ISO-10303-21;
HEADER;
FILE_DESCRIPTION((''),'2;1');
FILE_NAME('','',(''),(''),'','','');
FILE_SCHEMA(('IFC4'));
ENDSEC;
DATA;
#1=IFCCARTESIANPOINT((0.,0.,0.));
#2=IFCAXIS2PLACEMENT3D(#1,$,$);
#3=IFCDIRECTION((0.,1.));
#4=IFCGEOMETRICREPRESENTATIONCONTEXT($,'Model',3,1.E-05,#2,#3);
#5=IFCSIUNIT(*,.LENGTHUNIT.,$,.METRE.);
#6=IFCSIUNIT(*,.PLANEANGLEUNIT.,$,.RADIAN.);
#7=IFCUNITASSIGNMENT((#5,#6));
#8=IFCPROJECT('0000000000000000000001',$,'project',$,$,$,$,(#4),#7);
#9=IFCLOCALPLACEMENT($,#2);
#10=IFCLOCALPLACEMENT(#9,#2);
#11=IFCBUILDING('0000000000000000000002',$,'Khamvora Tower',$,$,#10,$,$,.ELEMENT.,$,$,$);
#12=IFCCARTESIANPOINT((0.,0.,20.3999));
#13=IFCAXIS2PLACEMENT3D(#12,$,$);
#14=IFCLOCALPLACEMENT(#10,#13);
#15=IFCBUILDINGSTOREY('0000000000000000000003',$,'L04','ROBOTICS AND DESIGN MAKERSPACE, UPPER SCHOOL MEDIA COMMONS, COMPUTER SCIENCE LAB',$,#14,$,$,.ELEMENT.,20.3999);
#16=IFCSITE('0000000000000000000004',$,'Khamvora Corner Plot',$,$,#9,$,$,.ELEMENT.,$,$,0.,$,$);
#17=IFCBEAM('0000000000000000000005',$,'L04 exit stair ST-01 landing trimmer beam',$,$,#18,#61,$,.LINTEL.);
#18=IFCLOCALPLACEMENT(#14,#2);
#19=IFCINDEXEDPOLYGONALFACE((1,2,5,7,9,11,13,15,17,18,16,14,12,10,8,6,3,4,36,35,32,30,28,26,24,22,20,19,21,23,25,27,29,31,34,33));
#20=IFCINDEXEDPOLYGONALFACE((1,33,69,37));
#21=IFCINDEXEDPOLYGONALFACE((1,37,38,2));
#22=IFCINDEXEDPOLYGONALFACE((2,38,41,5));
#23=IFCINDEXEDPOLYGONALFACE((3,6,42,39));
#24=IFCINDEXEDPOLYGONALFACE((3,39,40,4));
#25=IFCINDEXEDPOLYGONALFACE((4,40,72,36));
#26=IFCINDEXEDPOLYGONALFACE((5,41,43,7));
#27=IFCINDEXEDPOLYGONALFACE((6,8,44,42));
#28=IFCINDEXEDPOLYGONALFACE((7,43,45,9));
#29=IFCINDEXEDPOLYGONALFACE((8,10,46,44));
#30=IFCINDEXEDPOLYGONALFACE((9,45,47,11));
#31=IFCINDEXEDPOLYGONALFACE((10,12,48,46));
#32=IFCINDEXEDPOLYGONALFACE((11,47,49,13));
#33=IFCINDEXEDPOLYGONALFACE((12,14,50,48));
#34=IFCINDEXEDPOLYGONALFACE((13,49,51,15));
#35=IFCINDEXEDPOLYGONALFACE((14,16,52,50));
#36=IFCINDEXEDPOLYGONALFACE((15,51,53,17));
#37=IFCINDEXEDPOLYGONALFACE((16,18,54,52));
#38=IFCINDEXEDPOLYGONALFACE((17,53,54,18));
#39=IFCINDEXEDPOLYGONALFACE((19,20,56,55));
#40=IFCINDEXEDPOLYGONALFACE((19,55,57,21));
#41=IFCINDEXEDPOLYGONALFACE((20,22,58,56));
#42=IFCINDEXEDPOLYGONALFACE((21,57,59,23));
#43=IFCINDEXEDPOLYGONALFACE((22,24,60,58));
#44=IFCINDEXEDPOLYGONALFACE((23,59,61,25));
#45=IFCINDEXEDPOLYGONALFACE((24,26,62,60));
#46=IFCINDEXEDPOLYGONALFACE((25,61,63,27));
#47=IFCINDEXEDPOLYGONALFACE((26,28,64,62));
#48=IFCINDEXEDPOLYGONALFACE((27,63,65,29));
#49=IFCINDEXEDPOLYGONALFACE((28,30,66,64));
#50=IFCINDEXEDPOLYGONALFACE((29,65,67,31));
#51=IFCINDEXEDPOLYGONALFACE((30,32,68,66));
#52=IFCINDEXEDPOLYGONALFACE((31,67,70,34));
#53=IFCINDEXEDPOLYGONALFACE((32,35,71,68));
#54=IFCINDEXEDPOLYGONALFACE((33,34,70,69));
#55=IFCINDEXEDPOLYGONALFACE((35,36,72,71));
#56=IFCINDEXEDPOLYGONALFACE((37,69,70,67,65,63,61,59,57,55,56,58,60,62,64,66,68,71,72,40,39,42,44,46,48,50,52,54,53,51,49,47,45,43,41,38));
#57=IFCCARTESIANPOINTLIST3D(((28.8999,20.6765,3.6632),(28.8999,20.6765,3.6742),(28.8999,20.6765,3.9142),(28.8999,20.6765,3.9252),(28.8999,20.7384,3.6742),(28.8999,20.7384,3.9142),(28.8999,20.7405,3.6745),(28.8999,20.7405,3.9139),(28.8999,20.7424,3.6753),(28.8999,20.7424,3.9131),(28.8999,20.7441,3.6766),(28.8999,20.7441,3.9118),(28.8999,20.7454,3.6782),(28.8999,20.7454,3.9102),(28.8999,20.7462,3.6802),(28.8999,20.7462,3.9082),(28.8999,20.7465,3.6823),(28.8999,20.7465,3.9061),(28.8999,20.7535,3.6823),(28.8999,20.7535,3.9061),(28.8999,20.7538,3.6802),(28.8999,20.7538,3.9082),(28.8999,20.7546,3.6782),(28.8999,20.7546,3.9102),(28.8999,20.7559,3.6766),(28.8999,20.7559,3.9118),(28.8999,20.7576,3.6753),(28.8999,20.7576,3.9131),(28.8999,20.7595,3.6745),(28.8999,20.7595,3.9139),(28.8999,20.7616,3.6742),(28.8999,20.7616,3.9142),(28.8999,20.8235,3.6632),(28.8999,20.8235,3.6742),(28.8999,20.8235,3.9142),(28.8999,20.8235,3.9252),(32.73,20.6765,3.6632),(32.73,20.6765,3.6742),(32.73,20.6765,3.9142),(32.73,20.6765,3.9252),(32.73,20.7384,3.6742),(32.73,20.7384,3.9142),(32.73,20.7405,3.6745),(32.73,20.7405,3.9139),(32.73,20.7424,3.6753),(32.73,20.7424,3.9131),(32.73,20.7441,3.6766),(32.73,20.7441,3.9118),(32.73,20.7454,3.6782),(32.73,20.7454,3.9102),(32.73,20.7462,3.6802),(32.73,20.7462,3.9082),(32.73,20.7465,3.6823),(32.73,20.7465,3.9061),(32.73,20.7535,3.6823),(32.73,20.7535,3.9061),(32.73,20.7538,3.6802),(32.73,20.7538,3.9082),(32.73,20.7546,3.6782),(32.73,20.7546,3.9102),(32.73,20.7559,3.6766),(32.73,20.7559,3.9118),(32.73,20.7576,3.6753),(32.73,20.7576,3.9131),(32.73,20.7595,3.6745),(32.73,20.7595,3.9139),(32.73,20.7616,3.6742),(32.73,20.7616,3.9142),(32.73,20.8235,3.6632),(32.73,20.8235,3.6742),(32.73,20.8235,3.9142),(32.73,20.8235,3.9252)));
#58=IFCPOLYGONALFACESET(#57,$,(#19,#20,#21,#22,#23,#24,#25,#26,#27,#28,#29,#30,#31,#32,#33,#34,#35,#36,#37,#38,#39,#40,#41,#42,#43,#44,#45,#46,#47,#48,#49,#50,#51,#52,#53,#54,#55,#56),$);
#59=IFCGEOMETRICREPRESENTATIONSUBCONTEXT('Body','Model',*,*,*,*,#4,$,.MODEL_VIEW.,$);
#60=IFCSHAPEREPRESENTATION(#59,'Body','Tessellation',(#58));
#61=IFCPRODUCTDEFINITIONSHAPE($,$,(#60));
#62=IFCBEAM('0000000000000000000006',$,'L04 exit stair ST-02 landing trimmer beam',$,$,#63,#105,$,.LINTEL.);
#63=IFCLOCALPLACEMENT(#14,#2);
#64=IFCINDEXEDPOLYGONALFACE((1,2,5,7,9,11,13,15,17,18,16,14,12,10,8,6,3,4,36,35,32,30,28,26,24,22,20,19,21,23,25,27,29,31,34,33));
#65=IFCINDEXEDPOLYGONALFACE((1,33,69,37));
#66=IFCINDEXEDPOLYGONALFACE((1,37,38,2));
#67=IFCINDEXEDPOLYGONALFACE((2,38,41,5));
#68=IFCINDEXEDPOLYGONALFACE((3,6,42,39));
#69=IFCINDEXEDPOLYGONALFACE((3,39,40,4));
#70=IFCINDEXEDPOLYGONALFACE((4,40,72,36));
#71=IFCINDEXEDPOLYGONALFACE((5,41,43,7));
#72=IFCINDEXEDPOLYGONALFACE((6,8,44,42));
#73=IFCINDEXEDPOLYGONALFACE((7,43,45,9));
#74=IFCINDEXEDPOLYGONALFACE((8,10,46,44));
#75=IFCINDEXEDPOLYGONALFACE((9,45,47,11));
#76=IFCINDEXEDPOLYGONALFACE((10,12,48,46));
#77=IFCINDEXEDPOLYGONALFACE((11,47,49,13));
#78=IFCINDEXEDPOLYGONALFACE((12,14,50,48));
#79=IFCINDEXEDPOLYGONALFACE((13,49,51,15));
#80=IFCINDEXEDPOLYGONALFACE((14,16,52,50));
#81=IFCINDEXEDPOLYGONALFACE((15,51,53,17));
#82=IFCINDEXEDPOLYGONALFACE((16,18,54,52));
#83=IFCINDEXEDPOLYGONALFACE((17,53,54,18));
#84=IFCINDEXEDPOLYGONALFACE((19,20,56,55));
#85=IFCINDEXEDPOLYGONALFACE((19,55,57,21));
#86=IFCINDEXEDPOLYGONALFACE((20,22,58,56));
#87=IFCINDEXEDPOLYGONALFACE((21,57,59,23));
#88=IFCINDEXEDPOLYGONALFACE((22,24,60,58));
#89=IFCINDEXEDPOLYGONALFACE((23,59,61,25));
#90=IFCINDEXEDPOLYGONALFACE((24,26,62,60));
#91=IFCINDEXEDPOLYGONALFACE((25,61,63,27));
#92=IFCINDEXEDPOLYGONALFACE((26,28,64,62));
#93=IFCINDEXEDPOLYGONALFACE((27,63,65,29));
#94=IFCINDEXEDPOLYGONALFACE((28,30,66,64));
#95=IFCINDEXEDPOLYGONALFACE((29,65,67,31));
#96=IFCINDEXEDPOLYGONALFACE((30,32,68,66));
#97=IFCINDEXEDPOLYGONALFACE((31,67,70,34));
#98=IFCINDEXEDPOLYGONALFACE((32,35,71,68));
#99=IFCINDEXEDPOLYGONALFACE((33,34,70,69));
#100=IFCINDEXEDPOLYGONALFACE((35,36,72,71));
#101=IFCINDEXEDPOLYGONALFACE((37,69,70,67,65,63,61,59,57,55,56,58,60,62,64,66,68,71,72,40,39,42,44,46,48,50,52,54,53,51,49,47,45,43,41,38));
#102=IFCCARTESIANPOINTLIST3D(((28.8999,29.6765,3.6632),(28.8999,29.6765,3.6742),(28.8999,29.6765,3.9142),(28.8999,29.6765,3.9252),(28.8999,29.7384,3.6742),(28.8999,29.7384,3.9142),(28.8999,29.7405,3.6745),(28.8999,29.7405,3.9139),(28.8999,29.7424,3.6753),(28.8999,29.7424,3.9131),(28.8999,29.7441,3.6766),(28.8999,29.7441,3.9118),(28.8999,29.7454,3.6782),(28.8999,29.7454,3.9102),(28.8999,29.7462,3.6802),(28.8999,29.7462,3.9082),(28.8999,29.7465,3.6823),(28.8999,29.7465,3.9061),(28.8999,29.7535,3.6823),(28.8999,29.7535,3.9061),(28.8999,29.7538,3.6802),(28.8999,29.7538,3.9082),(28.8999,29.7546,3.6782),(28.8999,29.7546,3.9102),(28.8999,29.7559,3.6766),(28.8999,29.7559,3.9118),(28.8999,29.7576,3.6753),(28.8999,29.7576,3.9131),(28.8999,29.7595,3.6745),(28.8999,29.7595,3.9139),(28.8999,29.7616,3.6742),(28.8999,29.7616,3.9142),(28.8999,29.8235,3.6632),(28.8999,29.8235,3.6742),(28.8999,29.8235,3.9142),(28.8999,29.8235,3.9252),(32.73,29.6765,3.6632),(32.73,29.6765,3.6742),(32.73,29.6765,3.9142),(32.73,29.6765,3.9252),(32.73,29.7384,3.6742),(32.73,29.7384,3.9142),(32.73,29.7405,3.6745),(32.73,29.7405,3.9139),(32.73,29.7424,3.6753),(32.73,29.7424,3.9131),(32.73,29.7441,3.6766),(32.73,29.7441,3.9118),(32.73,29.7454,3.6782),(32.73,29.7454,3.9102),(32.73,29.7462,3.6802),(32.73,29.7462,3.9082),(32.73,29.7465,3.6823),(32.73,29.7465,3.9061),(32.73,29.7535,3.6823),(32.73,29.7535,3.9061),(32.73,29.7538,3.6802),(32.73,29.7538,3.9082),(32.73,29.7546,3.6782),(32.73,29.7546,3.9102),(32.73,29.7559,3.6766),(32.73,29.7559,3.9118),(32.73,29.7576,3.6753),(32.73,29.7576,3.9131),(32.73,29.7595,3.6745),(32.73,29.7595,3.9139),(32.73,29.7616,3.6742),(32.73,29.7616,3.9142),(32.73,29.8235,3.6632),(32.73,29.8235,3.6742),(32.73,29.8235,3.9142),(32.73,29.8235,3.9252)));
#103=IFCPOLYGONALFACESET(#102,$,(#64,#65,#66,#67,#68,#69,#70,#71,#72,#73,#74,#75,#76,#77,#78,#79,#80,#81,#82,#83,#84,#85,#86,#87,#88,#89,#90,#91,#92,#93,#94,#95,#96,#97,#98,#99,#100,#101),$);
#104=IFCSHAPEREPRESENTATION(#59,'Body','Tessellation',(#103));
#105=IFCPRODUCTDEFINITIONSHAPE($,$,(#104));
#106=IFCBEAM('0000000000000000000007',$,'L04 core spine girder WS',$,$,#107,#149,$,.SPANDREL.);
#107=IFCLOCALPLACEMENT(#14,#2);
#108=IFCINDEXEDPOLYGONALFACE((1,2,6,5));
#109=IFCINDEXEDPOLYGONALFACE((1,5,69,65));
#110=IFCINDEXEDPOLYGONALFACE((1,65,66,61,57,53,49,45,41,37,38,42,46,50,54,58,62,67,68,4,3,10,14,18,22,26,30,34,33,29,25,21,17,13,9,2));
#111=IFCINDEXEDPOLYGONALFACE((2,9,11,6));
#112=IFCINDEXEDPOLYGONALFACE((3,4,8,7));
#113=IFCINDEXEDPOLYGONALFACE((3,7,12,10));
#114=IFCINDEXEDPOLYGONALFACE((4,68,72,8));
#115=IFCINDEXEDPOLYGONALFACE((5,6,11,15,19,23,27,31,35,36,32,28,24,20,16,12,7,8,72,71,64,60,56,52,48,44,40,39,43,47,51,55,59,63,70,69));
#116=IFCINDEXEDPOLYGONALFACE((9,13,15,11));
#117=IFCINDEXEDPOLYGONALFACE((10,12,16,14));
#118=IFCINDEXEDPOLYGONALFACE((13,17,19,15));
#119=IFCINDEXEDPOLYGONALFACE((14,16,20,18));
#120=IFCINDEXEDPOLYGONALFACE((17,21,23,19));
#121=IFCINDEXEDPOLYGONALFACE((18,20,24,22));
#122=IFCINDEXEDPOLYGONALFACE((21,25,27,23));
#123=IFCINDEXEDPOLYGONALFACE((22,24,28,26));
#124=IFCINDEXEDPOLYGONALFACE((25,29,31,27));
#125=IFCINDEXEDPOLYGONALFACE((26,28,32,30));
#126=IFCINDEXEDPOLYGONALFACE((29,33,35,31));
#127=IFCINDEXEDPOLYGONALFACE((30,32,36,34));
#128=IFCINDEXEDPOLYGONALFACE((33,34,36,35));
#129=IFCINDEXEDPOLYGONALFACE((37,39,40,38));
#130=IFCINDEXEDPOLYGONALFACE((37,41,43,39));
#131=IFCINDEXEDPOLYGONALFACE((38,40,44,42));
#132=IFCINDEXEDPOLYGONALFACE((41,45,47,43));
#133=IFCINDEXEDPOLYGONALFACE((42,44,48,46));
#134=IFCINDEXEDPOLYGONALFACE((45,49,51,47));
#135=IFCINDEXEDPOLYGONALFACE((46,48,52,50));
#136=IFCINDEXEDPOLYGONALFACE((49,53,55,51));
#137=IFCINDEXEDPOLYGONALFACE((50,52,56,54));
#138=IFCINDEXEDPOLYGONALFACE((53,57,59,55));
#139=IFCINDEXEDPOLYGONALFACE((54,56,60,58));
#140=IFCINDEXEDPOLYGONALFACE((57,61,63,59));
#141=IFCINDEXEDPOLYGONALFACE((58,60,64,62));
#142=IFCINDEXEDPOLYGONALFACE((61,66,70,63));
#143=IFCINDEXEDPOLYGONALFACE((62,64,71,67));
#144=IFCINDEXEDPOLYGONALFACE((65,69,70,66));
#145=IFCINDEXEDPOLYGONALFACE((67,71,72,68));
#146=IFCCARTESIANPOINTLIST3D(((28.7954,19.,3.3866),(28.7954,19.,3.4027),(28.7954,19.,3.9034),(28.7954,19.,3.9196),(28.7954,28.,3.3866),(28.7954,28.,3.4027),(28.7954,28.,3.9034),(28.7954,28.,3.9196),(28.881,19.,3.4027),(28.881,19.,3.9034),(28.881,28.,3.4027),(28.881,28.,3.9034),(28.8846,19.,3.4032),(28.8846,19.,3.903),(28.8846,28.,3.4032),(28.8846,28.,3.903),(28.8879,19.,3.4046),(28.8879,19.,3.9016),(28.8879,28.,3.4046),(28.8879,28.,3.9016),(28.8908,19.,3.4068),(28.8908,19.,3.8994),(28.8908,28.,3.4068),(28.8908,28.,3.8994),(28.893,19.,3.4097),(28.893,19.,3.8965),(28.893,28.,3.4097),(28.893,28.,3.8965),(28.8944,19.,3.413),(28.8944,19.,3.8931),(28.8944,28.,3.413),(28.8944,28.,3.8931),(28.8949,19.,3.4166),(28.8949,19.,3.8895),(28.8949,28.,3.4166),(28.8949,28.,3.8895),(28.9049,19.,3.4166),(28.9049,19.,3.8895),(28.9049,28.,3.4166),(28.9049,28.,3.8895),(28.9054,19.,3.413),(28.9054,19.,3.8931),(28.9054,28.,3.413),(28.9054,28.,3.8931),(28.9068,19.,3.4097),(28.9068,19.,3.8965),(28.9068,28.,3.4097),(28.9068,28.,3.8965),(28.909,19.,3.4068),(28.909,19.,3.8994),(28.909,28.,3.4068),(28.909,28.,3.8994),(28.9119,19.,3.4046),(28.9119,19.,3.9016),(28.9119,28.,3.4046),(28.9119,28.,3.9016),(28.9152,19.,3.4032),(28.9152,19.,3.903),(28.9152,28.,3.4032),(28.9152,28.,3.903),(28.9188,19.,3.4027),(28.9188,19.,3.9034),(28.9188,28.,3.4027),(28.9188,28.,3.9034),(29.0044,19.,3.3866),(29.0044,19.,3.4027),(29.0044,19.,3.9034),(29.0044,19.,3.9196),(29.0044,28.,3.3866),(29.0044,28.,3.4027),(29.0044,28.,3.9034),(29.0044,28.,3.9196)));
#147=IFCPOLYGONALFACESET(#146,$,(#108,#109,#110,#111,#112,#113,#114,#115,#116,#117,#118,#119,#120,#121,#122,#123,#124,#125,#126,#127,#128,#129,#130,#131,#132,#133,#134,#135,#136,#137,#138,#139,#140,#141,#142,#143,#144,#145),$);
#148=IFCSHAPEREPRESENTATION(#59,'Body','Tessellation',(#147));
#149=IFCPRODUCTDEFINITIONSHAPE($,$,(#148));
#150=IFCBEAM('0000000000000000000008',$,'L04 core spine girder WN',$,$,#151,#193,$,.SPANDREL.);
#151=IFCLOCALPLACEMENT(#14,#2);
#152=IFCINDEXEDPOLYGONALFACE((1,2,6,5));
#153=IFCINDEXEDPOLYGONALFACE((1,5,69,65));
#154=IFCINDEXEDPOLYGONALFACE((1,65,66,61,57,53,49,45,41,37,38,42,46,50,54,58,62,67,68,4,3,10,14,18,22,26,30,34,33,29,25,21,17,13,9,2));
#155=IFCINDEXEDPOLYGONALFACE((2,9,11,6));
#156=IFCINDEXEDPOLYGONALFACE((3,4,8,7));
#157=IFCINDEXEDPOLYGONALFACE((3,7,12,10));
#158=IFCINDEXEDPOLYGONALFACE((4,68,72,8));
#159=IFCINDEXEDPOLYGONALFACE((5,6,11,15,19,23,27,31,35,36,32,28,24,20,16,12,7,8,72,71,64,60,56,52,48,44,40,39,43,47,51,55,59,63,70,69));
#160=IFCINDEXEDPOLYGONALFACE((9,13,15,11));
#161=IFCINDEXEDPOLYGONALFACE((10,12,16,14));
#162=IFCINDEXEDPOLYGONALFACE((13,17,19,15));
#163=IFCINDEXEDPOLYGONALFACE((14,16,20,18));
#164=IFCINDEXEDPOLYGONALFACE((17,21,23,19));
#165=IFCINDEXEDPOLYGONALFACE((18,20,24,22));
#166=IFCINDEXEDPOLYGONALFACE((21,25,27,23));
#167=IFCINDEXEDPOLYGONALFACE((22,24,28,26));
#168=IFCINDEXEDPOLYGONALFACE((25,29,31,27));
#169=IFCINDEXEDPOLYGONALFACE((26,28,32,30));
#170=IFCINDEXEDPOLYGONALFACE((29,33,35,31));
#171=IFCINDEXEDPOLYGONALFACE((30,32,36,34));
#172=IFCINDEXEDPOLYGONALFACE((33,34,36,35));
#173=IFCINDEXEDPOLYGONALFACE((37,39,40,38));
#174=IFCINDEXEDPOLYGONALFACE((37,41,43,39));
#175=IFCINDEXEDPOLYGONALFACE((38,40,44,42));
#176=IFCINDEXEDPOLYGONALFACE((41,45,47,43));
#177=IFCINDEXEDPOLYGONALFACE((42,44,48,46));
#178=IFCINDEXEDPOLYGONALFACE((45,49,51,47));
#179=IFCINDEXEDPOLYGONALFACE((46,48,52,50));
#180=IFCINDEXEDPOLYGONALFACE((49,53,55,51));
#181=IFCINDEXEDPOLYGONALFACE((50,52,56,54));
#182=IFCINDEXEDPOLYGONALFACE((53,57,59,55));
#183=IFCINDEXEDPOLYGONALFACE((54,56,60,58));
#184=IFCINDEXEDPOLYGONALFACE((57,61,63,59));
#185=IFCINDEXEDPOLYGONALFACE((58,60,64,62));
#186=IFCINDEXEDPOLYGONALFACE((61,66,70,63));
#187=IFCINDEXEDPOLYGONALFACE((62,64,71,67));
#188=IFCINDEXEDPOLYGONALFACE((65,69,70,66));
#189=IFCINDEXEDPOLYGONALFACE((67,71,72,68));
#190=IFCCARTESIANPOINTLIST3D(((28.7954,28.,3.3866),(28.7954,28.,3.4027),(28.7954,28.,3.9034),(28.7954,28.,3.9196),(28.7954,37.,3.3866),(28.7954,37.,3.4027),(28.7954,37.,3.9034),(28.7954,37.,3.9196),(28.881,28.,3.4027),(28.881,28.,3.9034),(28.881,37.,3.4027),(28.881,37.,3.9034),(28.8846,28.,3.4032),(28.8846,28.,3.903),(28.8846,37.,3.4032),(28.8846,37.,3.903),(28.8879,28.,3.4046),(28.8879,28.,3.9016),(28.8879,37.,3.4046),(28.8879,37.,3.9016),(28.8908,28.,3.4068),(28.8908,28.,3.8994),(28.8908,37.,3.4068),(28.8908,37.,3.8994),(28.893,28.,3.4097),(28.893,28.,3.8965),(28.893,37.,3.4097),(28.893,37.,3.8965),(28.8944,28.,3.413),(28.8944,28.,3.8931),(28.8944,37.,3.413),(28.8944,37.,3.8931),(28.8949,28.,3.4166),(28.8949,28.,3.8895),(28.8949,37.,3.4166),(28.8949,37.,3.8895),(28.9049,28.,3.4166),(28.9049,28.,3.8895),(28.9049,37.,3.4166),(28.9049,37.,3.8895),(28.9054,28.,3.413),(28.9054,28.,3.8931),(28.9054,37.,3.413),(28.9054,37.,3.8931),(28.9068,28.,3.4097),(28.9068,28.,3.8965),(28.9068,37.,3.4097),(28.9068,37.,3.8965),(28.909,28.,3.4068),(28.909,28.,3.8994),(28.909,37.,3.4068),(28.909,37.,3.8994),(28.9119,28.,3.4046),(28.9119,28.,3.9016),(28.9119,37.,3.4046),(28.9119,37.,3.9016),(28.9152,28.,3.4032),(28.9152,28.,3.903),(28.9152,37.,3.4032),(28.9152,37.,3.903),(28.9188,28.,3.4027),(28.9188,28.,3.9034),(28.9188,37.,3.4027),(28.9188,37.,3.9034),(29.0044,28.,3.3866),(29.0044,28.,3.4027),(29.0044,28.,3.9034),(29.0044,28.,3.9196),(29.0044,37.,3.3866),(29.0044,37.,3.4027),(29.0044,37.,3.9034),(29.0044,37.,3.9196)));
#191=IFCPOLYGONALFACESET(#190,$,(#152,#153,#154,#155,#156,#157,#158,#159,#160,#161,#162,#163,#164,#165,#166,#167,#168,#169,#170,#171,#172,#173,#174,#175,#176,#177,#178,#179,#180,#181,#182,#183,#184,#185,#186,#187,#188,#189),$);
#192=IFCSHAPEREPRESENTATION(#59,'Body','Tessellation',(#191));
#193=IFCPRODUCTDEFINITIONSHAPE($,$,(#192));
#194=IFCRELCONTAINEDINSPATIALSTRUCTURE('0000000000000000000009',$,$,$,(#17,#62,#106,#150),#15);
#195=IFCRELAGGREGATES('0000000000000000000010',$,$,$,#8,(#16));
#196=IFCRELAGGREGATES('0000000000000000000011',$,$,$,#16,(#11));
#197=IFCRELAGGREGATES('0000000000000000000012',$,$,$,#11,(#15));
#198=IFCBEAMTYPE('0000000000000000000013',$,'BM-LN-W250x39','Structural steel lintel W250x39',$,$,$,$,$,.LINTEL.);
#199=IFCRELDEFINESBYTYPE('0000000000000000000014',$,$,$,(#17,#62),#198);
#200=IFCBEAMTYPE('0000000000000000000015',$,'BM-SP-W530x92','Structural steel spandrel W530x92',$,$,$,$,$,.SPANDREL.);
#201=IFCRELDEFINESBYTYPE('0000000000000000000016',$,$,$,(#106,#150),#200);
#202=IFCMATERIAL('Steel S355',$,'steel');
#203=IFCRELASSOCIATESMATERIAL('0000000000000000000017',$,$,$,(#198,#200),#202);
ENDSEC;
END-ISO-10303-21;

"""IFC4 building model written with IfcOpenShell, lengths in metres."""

from ifc_helpers import new_model, si_unit, direction, frame, origin, origin_2d, place, context, subcontext, project, spatial, i_section, extrude, material, material_profile, profile_set, type_object, element, save


model = new_model("IFC4")

# Units and contexts
model_context = context("Model", 3, precision=1e-05, world=origin(), true_north=direction((0.0, 1.0)))
body_context = subcontext(model_context, "Body", "Model", "MODEL_VIEW")
ifc_project = project(units=[si_unit("LENGTHUNIT", "METRE"), si_unit("PLANEANGLEUNIT", "RADIAN")], contexts=[model_context])

# Site, building, storey
site_placement = place(None, origin())
site = spatial("IfcSite", under=ifc_project, at=site_placement, Name="Khamvora Corner Plot", CompositionType="ELEMENT", RefElevation=0.0)
building_placement = place(site_placement, origin())
building = spatial("IfcBuilding", under=site, at=building_placement, Name="Khamvora Tower", CompositionType="ELEMENT")
storey_placement = place(building_placement, frame((0.0, 0.0, 20.3999)))
storey = spatial("IfcBuildingStorey", under=building, at=storey_placement, Name="L04", Description="ROBOTICS AND DESIGN MAKERSPACE, UPPER SCHOOL MEDIA COMMONS, COMPUTER SCIENCE LAB", CompositionType="ELEMENT", Elevation=20.3999)

# Beams
ifc_material_1 = material(Name="Steel S355", Category="steel")
ifc_material_profile_1 = material_profile(ifc_material_1, i_section(OverallWidth=0.147, OverallDepth=0.262, WebThickness=0.0071, FlangeThickness=0.011, FilletRadius=0.0081, at=origin_2d()), Name="W250x39")
ifc_profile_set_1 = profile_set([ifc_material_profile_1], Name="Steel S355")
beam_type_1 = type_object("IfcBeamType", Name="BM-LN-W250x39", Description="Structural steel lintel W250x39", PredefinedType="LINTEL", material=ifc_profile_set_1)
for number, where, z_axis, x_axis, name in (
    (1, (28.8999, 20.75, 3.7942), (1.0, 0.0, 0.0), (0.0, 1.0, 0.0), "L04 exit stair ST-01 landing trimmer beam"),
    (2, (28.8999, 29.75, 3.7942), (1.0, 0.0, 0.0), (0.0, 1.0, 0.0), "L04 exit stair ST-02 landing trimmer beam"),
):
    element("IfcBeam", number, at=place(storey_placement, frame(where, z_axis=z_axis, x_axis=x_axis)), inside=storey, type_object=beam_type_1, Name=name, PredefinedType="LINTEL", context=body_context, shape_type="SweptSolid", body=[
        extrude(i_section(OverallWidth=0.147, OverallDepth=0.262, WebThickness=0.0071, FlangeThickness=0.011, FilletRadius=0.0081, at=origin_2d()), origin(), (0.0, 0.0, 1.0), 3.8301),
    ])
ifc_material_profile_2 = material_profile(ifc_material_1, i_section(OverallWidth=0.209, OverallDepth=0.533, WebThickness=0.01, FlangeThickness=0.0161, FilletRadius=0.0139, at=origin_2d()), Name="W530x92")
ifc_profile_set_2 = profile_set([ifc_material_profile_2], Name="Steel S355")
beam_type_2 = type_object("IfcBeamType", Name="BM-SP-W530x92", Description="Structural steel spandrel W530x92", PredefinedType="SPANDREL", material=ifc_profile_set_2)
for number, where, z_axis, x_axis, name in (
    (3, (28.8999, 19.0, 3.6531), (0.0, 1.0, 0.0), (-1.0, 0.0, 0.0), "L04 core spine girder WS"),
    (4, (28.8999, 28.0, 3.6531), (0.0, 1.0, 0.0), (-1.0, 0.0, 0.0), "L04 core spine girder WN"),
):
    element("IfcBeam", number, at=place(storey_placement, frame(where, z_axis=z_axis, x_axis=x_axis)), inside=storey, type_object=beam_type_2, Name=name, PredefinedType="SPANDREL", context=body_context, shape_type="SweptSolid", body=[
        extrude(i_section(OverallWidth=0.209, OverallDepth=0.533, WebThickness=0.01, FlangeThickness=0.0161, FilletRadius=0.0139, at=origin_2d()), origin(), (0.0, 0.0, 1.0), 9.0),
    ])

save(model, "model.ifc")
